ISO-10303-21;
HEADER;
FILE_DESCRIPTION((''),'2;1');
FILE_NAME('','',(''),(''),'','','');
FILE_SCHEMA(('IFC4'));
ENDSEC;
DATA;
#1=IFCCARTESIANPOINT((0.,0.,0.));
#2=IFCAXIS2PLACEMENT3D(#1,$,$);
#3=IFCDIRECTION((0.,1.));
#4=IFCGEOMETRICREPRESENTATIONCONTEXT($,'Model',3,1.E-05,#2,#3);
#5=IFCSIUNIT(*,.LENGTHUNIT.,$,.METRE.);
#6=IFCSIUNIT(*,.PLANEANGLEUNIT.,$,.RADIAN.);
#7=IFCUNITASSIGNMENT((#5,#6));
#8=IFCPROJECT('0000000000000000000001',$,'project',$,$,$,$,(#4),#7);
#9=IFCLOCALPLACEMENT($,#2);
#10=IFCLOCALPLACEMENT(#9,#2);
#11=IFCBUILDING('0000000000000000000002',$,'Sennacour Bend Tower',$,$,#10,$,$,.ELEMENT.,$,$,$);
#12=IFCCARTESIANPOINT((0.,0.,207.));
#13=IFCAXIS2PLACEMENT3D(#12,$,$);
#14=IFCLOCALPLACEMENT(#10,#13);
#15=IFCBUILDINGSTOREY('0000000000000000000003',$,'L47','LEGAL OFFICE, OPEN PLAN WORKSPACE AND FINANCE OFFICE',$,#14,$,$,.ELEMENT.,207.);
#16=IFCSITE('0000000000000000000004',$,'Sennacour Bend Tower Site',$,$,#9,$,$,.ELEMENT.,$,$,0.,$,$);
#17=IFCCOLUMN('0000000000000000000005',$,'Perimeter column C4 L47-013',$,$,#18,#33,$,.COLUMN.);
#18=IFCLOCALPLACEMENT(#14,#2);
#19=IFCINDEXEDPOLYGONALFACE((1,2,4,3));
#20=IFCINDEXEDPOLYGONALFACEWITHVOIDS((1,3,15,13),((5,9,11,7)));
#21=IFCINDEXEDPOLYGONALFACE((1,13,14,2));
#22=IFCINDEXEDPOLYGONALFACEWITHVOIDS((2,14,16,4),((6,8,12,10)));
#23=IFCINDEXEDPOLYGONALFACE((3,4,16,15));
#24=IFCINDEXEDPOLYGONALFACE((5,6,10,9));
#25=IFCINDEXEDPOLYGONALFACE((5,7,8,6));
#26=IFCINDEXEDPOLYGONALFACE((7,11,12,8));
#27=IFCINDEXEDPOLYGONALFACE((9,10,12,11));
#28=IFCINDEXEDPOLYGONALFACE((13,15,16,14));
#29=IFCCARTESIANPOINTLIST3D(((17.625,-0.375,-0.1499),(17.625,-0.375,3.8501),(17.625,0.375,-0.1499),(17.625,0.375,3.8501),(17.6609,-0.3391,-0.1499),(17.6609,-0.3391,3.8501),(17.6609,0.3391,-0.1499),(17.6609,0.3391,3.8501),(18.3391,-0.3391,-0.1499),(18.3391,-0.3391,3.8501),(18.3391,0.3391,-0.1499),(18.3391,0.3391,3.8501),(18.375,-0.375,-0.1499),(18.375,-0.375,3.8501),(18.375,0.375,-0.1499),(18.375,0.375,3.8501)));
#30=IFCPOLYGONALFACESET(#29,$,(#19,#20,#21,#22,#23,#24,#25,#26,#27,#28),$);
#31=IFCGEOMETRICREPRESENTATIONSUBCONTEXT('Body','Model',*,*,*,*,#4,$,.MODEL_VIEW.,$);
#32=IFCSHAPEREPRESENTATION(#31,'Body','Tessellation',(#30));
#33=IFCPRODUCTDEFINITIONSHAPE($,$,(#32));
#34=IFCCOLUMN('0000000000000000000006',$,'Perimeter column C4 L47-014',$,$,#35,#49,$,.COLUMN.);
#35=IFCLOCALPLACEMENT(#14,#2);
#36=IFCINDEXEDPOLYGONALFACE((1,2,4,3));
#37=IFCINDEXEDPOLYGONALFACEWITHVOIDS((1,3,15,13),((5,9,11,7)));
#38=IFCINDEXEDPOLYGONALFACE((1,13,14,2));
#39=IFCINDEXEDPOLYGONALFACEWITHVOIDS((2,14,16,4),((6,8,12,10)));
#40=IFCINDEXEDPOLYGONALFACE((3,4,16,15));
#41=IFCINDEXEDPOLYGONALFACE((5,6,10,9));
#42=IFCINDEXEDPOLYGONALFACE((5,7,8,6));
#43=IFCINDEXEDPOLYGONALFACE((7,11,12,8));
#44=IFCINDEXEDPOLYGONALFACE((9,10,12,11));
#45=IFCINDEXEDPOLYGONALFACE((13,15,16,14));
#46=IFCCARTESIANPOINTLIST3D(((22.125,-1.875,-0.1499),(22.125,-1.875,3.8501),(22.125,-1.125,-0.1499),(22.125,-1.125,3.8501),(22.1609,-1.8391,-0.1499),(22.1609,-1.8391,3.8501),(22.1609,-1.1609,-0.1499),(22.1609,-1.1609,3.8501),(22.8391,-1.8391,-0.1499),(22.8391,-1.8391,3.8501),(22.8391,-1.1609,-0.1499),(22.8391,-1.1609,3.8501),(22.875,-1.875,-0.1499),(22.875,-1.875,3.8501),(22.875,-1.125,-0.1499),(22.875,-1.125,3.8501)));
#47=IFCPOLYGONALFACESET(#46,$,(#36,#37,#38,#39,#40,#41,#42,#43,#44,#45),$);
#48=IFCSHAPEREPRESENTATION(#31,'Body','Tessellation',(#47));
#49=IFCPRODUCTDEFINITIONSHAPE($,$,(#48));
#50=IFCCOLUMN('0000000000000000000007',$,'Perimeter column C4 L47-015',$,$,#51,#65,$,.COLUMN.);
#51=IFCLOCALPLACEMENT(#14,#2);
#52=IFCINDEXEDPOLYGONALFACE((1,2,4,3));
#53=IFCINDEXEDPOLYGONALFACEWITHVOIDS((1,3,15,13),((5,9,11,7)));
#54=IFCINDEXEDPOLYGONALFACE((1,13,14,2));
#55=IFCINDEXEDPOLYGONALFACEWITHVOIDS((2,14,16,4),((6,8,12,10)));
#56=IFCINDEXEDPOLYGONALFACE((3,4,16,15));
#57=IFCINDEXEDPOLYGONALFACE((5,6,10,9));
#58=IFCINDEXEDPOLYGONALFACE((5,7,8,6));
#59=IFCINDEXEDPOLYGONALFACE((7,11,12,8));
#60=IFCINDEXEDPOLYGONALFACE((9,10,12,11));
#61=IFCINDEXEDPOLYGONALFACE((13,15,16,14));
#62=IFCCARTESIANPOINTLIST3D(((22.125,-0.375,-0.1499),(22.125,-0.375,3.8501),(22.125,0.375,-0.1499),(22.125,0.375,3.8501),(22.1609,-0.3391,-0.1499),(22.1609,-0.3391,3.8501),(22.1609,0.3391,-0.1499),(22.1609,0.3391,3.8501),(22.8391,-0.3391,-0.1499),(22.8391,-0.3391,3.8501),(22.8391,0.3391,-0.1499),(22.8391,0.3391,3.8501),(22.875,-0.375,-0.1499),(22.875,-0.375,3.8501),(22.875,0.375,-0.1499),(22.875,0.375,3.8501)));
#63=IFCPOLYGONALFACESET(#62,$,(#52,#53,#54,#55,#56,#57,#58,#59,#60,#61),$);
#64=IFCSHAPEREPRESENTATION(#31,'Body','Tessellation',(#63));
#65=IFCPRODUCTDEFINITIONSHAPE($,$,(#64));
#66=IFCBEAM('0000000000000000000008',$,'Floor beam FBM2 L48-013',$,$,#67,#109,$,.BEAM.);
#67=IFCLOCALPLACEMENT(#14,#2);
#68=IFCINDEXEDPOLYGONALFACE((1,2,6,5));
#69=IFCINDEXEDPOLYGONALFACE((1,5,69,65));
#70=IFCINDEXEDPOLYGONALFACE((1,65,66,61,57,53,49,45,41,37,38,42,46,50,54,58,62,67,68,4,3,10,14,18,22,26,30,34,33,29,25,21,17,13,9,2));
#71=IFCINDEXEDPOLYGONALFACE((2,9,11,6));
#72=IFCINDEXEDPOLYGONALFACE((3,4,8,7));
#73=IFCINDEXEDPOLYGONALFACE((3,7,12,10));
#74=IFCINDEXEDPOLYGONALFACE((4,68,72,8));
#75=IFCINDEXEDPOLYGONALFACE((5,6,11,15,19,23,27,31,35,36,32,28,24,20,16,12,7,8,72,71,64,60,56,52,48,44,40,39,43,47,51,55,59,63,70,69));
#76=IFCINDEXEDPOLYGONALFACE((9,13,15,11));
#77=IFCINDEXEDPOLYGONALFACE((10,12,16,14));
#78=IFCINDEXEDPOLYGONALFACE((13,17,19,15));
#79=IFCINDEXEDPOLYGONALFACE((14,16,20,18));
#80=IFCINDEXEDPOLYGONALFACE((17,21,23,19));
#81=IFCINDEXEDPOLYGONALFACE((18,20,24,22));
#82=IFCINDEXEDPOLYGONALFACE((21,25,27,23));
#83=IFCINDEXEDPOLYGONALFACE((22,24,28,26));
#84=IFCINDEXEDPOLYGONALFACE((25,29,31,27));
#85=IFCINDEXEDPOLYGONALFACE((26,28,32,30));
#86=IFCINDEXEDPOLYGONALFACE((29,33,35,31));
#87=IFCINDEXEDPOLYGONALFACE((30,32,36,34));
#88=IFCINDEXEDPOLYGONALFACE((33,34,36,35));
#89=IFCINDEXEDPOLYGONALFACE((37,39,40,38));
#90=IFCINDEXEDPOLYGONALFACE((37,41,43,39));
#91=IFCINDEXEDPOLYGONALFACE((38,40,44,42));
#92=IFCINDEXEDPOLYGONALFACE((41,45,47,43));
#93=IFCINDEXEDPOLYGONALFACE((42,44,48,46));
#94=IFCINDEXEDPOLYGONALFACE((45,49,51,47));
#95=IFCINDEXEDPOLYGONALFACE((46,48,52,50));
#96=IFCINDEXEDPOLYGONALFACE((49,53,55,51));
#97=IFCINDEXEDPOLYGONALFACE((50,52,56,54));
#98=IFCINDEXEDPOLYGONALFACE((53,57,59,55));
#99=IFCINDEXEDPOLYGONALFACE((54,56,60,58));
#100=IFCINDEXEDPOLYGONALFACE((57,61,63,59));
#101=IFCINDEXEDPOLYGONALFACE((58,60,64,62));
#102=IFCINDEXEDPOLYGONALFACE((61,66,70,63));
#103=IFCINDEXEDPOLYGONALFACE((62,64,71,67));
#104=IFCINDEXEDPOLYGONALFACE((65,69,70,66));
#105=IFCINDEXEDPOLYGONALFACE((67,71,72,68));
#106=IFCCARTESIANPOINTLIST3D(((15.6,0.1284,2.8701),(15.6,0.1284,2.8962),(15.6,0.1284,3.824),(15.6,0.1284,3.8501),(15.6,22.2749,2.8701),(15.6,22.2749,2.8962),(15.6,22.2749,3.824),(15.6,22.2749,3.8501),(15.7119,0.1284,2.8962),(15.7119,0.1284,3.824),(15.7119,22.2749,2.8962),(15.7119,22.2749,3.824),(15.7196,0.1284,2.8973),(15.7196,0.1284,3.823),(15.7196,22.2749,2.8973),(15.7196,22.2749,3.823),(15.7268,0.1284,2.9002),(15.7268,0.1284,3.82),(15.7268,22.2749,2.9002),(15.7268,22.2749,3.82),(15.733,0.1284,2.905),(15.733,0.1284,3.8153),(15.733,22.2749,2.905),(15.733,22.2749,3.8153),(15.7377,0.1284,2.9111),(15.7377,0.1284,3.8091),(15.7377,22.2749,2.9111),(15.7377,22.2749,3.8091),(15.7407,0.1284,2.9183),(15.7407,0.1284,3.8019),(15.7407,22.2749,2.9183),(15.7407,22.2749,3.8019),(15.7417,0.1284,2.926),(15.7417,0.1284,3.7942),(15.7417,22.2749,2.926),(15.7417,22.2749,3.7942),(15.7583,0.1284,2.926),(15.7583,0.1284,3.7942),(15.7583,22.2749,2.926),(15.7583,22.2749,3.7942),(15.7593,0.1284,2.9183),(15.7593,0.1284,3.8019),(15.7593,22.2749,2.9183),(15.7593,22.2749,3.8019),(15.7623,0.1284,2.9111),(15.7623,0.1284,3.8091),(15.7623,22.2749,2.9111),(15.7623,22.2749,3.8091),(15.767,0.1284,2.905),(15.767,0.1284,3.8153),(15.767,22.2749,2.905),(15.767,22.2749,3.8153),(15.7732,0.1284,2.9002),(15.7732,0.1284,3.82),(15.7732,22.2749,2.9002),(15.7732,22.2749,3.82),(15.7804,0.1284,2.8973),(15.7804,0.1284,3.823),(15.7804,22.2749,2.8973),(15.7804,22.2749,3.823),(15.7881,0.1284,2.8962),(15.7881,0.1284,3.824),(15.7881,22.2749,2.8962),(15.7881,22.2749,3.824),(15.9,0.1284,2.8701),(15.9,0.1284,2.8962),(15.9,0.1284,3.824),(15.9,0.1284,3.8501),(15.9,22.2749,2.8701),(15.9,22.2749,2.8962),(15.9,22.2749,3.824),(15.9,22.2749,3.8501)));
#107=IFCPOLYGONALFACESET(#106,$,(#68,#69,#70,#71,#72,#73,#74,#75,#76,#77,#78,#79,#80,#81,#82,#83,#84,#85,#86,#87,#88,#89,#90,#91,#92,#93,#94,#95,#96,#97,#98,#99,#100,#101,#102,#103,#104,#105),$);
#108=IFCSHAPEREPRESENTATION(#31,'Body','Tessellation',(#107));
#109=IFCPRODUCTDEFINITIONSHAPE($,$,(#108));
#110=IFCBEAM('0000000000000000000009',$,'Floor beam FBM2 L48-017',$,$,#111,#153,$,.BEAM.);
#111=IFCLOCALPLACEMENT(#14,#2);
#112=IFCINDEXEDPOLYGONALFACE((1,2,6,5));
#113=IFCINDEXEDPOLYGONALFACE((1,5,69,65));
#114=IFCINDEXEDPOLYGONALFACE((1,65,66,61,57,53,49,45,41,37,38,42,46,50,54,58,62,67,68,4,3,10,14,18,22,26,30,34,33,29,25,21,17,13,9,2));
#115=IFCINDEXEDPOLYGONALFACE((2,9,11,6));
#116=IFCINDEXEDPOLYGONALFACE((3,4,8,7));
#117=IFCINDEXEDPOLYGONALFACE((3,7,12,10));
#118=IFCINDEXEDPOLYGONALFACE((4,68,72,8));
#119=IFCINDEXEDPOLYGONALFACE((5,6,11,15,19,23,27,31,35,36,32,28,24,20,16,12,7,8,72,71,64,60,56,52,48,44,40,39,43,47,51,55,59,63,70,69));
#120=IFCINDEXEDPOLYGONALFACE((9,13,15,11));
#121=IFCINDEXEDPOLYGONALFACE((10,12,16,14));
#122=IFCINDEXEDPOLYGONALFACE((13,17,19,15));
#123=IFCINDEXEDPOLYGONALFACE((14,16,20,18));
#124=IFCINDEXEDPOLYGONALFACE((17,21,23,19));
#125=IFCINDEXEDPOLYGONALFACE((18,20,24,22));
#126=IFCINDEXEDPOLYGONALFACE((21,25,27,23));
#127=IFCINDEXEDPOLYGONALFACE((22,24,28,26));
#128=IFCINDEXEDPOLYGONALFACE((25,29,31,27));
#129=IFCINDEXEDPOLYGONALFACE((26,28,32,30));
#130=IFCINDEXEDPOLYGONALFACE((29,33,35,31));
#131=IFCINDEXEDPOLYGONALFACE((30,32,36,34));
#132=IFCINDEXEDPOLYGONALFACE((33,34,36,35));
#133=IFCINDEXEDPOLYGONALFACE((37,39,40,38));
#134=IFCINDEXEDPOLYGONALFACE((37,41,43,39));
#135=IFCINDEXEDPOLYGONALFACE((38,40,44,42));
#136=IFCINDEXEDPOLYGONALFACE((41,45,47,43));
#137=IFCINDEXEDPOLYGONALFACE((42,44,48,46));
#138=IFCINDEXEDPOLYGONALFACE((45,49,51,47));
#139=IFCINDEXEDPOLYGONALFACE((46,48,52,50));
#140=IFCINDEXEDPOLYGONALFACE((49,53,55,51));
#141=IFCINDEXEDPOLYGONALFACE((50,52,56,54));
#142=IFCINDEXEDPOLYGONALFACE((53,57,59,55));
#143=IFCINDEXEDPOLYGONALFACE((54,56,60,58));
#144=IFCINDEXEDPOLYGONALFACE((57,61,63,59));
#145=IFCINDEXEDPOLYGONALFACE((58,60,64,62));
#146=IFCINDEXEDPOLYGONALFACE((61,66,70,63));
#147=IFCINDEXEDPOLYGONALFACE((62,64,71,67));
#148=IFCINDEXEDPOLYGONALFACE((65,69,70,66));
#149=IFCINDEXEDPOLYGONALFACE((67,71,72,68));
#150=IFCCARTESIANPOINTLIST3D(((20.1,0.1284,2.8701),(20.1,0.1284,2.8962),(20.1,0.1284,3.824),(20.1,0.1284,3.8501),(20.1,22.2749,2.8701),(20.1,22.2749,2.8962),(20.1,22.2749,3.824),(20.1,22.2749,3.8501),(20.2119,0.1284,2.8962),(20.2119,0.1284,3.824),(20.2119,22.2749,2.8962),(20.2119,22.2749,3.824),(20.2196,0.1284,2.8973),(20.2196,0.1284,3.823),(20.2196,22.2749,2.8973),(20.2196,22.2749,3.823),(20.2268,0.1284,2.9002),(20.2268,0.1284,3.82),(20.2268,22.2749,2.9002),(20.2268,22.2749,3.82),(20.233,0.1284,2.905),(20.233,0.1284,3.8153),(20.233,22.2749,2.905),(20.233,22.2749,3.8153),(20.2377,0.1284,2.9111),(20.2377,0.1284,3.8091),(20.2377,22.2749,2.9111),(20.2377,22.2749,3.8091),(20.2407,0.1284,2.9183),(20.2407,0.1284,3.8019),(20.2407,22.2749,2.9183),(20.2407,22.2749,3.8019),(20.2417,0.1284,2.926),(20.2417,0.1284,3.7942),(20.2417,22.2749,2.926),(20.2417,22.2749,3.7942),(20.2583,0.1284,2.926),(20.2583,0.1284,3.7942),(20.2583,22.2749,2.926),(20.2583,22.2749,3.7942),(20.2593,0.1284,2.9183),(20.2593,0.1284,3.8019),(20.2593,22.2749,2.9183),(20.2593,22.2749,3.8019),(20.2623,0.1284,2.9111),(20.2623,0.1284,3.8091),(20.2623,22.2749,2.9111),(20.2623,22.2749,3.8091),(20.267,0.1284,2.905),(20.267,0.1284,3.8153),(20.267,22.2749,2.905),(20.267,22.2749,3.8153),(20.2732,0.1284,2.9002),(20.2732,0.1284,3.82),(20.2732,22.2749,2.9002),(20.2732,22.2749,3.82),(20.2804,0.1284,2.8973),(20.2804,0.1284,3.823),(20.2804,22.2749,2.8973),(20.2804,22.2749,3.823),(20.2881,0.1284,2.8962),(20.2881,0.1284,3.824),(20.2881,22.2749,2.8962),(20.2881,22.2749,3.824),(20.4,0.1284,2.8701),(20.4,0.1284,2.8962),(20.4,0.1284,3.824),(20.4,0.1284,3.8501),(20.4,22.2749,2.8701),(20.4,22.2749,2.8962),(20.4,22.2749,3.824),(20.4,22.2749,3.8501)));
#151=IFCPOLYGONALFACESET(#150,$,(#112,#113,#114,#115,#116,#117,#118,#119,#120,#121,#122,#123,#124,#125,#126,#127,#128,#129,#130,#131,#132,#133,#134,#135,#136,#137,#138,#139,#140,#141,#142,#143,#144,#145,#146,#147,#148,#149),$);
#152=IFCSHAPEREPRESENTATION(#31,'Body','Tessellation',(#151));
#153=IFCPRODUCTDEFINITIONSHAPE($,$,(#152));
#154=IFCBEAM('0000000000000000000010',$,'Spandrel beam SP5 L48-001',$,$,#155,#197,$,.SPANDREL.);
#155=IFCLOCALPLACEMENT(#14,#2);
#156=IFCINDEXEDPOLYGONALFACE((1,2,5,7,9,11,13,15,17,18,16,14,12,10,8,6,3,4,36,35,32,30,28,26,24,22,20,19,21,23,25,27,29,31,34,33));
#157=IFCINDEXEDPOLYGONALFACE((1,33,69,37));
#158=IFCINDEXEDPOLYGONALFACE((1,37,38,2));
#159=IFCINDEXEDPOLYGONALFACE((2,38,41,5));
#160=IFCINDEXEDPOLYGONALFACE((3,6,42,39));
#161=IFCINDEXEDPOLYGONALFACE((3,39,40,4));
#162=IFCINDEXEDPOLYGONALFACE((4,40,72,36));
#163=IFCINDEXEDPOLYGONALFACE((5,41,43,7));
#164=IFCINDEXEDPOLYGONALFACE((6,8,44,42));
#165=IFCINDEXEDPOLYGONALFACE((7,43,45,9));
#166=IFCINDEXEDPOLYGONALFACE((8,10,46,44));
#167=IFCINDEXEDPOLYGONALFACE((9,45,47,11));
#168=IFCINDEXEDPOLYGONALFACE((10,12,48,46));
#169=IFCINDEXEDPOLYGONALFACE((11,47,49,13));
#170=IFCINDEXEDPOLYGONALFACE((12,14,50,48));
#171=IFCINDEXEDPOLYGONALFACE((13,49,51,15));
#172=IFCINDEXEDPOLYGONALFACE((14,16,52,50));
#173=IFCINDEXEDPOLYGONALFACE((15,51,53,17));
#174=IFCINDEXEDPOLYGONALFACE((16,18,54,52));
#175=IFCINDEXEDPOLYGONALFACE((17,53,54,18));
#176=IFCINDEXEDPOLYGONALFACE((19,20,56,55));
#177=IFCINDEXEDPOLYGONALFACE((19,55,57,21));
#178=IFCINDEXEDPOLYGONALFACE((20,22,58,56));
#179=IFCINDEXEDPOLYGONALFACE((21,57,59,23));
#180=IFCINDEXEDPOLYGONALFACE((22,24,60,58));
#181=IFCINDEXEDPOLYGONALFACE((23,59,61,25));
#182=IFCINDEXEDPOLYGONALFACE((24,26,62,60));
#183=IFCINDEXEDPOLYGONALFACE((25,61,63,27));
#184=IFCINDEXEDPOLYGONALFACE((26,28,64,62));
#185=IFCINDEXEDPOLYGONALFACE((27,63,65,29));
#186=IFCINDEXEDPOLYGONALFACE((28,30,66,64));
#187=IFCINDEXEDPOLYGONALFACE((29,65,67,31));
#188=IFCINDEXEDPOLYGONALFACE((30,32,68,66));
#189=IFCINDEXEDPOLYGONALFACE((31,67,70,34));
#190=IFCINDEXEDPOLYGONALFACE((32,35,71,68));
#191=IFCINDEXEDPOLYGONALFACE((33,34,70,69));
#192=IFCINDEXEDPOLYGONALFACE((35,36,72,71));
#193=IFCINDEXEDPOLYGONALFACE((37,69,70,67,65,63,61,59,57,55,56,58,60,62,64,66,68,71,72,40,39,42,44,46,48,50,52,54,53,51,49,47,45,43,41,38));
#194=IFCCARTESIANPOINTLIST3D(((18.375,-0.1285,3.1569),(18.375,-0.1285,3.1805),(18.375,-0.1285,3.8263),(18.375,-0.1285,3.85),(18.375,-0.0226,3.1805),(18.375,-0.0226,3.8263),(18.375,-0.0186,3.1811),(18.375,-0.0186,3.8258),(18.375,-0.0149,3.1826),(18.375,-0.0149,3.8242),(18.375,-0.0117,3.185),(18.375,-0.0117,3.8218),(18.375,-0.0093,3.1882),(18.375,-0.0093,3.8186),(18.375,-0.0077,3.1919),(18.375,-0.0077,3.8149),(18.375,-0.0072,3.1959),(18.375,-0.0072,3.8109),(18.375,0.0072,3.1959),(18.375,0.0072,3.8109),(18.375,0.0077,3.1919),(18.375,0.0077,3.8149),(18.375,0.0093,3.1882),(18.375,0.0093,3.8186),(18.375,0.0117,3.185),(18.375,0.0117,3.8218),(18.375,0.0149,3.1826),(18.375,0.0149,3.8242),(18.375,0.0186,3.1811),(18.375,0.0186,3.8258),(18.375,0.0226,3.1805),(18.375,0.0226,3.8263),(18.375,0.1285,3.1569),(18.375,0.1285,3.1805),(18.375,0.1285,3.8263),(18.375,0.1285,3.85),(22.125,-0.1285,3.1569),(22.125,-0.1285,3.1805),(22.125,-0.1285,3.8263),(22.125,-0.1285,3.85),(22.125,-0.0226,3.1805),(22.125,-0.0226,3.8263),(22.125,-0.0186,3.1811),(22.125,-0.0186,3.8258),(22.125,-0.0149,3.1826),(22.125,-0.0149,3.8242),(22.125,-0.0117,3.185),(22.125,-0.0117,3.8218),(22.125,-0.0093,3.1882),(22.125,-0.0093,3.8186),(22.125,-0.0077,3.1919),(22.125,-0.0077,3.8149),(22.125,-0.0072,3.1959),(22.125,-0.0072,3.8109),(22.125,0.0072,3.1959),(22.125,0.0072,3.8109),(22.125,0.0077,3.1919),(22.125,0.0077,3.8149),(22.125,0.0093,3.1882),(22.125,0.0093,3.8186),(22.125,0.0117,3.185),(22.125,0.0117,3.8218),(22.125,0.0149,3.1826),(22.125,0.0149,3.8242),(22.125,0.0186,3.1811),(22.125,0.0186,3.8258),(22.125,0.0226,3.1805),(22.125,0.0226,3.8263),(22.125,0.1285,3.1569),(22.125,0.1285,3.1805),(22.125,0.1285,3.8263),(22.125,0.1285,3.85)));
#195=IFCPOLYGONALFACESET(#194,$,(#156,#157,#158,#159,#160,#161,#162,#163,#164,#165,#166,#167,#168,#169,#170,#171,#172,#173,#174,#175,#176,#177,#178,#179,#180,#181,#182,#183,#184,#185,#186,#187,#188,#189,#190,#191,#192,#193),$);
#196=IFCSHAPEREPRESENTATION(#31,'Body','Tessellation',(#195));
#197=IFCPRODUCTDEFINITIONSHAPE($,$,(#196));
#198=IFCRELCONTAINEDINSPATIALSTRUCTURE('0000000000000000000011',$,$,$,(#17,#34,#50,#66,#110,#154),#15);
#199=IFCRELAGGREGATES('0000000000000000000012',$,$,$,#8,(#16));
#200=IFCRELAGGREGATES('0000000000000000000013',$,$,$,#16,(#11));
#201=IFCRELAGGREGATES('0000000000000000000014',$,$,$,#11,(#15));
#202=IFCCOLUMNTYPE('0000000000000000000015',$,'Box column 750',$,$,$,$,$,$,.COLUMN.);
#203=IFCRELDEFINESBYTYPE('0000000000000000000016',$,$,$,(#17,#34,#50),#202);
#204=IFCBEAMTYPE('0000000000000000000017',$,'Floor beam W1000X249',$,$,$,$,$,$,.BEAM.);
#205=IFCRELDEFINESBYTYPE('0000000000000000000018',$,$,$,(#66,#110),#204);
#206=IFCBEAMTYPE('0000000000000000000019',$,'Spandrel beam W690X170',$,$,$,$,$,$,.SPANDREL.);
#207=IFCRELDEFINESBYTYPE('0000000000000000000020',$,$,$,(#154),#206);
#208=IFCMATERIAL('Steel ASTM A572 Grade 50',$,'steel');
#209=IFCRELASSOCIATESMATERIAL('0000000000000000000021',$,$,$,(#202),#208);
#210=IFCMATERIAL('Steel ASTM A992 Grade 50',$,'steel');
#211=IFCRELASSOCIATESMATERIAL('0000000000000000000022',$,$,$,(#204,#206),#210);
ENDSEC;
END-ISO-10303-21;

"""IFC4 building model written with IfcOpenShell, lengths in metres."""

from ifc_helpers import new_model, si_unit, direction, frame, origin, origin_2d, place, context, subcontext, project, spatial, hollow_rectangle, i_section, extrude, material, material_profile, profile_set, type_object, element, save


model = new_model("IFC4")

# Units and contexts
model_context = context("Model", 3, precision=1e-05, world=origin(), true_north=direction((0.0, 1.0)))
body_context = subcontext(model_context, "Body", "Model", "MODEL_VIEW")
ifc_project = project(units=[si_unit("LENGTHUNIT", "METRE"), si_unit("PLANEANGLEUNIT", "RADIAN")], contexts=[model_context])

# Site, building, storey
site_placement = place(None, origin())
site = spatial("IfcSite", under=ifc_project, at=site_placement, Name="Sennacour Bend Tower Site", CompositionType="ELEMENT", RefElevation=0.0)
building_placement = place(site_placement, origin())
building = spatial("IfcBuilding", under=site, at=building_placement, Name="Sennacour Bend Tower", CompositionType="ELEMENT")
storey_placement = place(building_placement, frame((0.0, 0.0, 207.0)))
storey = spatial("IfcBuildingStorey", under=building, at=storey_placement, Name="L47", Description="LEGAL OFFICE, OPEN PLAN WORKSPACE AND FINANCE OFFICE", CompositionType="ELEMENT", Elevation=207.0)

# Columns
ifc_material_1 = material(Name="Steel ASTM A572 Grade 50", Category="steel")
ifc_material_profile_1 = material_profile(ifc_material_1, hollow_rectangle(XDim=0.75, YDim=0.75, WallThickness=0.0359, at=origin_2d()), Name="Steel ASTM A572 Grade 50", Category="steel")
ifc_profile_set_1 = profile_set([ifc_material_profile_1], Name="Steel ASTM A572 Grade 50")
column_type = type_object("IfcColumnType", Name="Box column 750", PredefinedType="COLUMN", material=ifc_profile_set_1)
for number, where, z_axis, x_axis, name in (
    (1, (18.0, 0.0, -0.1499), (0.0, 0.0, 1.0), (1.0, 0.0, 0.0), "Perimeter column C4 L47-013"),
    (2, (22.5, -1.5, -0.1499), (0.0, 0.0, 1.0), (1.0, 0.0, 0.0), "Perimeter column C4 L47-014"),
    (3, (22.5, 0.0, -0.1499), (0.0, 0.0, 1.0), (1.0, 0.0, 0.0), "Perimeter column C4 L47-015"),
):
    element("IfcColumn", number, at=place(storey_placement, frame(where, z_axis=z_axis, x_axis=x_axis)), inside=storey, type_object=column_type, Name=name, PredefinedType="COLUMN", context=body_context, shape_type="SweptSolid", body=[
        extrude(hollow_rectangle(XDim=0.75, YDim=0.75, WallThickness=0.0359, at=origin_2d()), origin(), (0.0, 0.0, 1.0), 4.0),
    ])

# Beams
ifc_material_2 = material(Name="Steel ASTM A992 Grade 50", Category="steel")
ifc_material_profile_2 = material_profile(ifc_material_2, i_section(OverallWidth=0.3, OverallDepth=0.98, WebThickness=0.0166, FlangeThickness=0.0261, FilletRadius=0.0298, at=origin_2d()), Name="Steel ASTM A992 Grade 50", Category="steel")
ifc_profile_set_2 = profile_set([ifc_material_profile_2], Name="Steel ASTM A992 Grade 50")
beam_type_1 = type_object("IfcBeamType", Name="Floor beam W1000X249", PredefinedType="BEAM", material=ifc_profile_set_2)
for number, where, z_axis, x_axis, name in (
    (4, (15.75, 0.1284, 3.3601), (0.0, 1.0, 0.0), (-1.0, 0.0, 0.0), "Floor beam FBM2 L48-013"),
    (5, (20.25, 0.1284, 3.3601), (0.0, 1.0, 0.0), (-1.0, 0.0, 0.0), "Floor beam FBM2 L48-017"),
):
    element("IfcBeam", number, at=place(storey_placement, frame(where, z_axis=z_axis, x_axis=x_axis)), inside=storey, type_object=beam_type_1, Name=name, PredefinedType="BEAM", context=body_context, shape_type="SweptSolid", body=[
        extrude(i_section(OverallWidth=0.3, OverallDepth=0.98, WebThickness=0.0166, FlangeThickness=0.0261, FilletRadius=0.0298, at=origin_2d()), origin(), (0.0, 0.0, 1.0), 22.1465),
    ])
ifc_material_profile_3 = material_profile(ifc_material_2, i_section(OverallWidth=0.2571, OverallDepth=0.6931, WebThickness=0.0144, FlangeThickness=0.0237, FilletRadius=0.0154, at=origin_2d()), Name="Steel ASTM A992 Grade 50", Category="steel")
ifc_profile_set_3 = profile_set([ifc_material_profile_3], Name="Steel ASTM A992 Grade 50")
beam_type_2 = type_object("IfcBeamType", Name="Spandrel beam W690X170", PredefinedType="SPANDREL", material=ifc_profile_set_3)
for number, where, z_axis, x_axis, name in (
    (6, (22.125, 0.0, 3.5034), (-1.0, 0.0, 0.0), (0.0, -1.0, 0.0), "Spandrel beam SP5 L48-001"),
):
    element("IfcBeam", number, at=place(storey_placement, frame(where, z_axis=z_axis, x_axis=x_axis)), inside=storey, type_object=beam_type_2, Name=name, PredefinedType="SPANDREL", context=body_context, shape_type="SweptSolid", body=[
        extrude(i_section(OverallWidth=0.2571, OverallDepth=0.6931, WebThickness=0.0144, FlangeThickness=0.0237, FilletRadius=0.0154, at=origin_2d()), origin(), (0.0, 0.0, 1.0), 3.75),
    ])

save(model, "model.ifc")
